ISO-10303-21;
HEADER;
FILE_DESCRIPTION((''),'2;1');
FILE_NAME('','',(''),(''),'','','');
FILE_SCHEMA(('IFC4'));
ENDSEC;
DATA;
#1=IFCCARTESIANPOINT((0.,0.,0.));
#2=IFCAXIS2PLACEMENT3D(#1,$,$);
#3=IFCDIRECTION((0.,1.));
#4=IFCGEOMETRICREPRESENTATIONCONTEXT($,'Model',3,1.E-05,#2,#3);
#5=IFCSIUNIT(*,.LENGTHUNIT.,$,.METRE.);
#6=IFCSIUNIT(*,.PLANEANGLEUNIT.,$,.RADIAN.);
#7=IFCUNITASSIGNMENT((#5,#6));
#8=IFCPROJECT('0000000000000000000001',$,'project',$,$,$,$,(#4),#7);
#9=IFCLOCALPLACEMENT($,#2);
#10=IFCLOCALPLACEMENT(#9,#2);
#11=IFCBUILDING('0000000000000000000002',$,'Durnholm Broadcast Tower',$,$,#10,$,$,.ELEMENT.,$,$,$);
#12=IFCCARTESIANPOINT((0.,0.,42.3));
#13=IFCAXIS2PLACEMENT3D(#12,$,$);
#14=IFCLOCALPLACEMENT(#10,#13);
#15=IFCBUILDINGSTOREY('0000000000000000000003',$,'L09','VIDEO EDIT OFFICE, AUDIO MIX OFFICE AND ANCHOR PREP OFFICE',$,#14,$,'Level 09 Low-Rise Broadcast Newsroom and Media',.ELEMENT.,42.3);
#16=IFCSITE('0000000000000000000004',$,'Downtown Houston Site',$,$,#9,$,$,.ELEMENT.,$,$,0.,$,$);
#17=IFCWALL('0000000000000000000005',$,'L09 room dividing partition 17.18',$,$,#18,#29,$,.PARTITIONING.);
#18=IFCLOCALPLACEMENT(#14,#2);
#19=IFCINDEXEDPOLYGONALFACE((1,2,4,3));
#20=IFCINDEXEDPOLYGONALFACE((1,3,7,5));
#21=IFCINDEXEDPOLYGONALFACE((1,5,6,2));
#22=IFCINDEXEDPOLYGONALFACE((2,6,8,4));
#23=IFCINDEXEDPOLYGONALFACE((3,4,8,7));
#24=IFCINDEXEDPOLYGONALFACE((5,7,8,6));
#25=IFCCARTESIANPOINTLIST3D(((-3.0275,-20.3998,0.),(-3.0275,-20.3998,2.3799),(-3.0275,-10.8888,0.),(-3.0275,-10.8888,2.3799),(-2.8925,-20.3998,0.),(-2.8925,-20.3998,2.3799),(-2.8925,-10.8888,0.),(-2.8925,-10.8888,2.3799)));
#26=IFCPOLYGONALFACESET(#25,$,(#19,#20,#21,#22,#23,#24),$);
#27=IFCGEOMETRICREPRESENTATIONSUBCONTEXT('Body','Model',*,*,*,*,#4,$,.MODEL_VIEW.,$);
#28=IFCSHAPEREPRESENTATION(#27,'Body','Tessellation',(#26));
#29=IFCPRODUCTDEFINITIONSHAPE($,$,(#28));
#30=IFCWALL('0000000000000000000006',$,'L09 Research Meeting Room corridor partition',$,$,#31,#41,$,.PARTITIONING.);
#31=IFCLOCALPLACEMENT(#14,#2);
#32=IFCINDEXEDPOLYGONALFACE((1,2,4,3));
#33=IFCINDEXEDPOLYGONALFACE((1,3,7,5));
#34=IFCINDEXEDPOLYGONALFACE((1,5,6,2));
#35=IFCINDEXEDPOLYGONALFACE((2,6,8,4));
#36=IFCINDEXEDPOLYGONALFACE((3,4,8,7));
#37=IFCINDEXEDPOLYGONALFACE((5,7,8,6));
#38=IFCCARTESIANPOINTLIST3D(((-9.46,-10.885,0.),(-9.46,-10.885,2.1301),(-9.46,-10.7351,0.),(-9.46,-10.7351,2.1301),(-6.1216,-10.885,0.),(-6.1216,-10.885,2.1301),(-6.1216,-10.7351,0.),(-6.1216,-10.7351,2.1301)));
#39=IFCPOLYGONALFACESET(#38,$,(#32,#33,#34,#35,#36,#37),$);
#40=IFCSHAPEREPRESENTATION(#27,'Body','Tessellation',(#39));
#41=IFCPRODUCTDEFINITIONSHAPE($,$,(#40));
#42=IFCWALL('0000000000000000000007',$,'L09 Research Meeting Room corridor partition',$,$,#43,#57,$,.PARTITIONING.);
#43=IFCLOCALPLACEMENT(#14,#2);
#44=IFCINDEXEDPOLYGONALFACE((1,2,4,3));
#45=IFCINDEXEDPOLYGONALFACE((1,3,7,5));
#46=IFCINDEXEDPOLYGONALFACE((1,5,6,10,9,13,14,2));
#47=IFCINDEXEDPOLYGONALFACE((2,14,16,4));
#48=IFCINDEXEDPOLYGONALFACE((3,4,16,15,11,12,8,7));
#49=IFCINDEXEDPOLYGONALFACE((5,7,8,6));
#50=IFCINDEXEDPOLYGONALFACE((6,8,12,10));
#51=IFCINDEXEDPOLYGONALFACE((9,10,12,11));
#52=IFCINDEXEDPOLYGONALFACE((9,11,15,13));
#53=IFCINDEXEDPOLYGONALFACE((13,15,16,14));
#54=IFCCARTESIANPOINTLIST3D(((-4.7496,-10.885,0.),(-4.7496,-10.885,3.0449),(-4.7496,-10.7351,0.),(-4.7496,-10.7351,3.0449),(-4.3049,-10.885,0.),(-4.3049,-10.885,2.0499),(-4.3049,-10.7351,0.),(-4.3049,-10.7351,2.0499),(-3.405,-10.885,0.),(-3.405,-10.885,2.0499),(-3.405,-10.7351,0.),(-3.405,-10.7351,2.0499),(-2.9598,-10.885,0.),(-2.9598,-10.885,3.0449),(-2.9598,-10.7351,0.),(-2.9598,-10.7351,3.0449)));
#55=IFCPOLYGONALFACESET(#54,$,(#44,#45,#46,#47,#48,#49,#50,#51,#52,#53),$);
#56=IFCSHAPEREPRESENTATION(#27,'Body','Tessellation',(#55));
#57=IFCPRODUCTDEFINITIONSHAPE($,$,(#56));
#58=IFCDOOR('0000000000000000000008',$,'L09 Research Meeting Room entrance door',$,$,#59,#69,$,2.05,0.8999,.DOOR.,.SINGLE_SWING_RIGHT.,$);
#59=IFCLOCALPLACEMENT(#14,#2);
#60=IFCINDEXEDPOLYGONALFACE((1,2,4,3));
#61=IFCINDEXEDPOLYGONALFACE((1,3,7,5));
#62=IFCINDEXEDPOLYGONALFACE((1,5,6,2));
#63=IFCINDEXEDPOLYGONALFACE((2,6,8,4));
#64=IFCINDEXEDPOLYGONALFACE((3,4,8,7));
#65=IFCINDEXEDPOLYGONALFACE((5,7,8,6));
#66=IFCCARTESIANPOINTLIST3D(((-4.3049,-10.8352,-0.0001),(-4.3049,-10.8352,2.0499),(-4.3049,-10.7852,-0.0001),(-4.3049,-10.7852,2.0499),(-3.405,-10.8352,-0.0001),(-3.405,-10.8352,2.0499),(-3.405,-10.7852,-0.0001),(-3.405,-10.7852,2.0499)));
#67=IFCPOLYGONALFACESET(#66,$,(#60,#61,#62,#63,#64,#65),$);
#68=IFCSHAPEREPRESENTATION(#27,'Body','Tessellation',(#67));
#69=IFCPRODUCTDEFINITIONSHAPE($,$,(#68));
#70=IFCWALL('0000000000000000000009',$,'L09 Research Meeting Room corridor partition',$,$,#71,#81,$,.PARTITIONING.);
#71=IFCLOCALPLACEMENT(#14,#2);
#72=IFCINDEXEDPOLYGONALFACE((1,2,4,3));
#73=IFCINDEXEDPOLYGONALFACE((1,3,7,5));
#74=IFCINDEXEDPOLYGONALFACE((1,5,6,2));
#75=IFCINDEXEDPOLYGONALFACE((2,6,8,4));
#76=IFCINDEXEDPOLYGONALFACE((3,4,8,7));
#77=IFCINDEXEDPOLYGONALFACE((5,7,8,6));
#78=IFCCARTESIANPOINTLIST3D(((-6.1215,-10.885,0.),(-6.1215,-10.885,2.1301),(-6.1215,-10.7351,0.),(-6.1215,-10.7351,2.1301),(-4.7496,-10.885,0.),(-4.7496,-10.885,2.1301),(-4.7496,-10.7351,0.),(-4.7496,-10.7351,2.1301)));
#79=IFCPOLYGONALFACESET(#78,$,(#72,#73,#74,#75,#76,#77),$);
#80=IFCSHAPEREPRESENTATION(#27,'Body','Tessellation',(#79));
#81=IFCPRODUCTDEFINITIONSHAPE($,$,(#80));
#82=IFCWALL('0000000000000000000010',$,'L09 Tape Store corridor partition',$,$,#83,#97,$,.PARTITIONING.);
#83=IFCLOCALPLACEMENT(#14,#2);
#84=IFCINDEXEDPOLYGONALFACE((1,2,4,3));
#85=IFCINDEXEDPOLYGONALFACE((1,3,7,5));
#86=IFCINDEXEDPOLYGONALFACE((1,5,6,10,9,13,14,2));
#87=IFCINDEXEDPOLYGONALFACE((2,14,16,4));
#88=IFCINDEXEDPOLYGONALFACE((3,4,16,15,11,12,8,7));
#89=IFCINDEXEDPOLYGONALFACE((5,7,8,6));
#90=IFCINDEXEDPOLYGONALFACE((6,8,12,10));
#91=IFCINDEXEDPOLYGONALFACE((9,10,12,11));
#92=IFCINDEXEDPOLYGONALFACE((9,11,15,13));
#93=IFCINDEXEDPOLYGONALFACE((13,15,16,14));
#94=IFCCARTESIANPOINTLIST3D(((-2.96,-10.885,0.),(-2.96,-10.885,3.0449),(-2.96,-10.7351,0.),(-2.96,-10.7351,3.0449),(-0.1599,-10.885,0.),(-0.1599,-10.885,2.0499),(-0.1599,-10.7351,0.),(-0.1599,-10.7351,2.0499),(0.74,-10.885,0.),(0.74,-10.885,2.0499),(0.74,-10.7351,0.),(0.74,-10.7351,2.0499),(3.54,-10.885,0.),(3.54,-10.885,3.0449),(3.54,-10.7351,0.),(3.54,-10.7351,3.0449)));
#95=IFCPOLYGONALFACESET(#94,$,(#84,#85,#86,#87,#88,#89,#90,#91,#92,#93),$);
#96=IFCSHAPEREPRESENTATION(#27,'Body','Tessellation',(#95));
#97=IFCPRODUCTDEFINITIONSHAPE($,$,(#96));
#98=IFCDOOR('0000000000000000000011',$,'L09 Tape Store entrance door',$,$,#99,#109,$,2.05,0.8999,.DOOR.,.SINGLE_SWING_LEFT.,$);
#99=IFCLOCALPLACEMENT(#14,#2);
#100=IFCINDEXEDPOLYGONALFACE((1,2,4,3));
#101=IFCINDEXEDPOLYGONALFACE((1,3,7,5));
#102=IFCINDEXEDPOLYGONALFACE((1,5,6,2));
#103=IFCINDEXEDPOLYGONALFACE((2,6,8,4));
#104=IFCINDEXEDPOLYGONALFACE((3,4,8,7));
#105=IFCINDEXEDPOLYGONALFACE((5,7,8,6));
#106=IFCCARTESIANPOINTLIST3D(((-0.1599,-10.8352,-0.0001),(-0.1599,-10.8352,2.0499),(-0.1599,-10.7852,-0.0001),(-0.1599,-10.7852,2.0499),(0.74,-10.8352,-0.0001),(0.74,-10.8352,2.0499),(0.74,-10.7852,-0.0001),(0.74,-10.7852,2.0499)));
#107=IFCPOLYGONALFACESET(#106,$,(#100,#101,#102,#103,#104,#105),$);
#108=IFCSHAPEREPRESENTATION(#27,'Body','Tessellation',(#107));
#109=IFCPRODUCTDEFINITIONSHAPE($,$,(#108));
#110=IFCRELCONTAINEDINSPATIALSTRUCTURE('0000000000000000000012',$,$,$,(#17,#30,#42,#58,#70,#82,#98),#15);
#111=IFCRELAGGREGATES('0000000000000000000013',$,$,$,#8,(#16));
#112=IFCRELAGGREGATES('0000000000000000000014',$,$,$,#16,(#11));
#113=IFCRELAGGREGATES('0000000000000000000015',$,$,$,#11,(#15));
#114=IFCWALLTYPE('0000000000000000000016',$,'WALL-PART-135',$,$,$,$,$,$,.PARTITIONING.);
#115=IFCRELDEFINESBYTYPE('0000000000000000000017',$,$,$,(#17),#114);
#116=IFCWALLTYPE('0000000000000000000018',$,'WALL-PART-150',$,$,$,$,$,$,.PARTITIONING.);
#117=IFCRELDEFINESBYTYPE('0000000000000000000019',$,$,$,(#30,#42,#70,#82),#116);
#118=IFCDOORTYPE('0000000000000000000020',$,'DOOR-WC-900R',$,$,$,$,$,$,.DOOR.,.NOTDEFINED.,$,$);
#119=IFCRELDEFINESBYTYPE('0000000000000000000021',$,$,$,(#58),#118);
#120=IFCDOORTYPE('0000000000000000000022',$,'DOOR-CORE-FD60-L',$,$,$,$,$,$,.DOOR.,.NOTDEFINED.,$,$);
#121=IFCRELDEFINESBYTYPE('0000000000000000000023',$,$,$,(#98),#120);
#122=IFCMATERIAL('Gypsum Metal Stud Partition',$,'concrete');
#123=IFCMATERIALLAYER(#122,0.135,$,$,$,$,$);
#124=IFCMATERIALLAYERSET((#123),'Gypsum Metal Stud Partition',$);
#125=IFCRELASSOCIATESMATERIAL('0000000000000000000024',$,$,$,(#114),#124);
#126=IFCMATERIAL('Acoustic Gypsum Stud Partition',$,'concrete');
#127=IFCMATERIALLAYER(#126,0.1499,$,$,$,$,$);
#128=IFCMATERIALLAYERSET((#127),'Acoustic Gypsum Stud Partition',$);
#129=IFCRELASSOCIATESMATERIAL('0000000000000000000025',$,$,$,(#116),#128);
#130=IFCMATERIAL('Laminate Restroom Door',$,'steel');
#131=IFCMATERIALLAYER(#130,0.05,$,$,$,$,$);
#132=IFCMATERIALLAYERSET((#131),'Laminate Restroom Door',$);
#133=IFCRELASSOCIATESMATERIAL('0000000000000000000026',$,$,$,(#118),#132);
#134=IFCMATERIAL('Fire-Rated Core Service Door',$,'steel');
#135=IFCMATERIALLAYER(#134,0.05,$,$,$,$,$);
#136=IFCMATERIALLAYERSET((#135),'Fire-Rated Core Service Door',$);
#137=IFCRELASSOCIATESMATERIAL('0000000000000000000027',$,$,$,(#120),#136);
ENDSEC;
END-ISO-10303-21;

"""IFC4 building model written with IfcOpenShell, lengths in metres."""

from ifc_helpers import new_model, si_unit, direction, frame, frame_2d, origin, place, context, subcontext, project, spatial, rectangle, extrude, source, transform, mapped, material, layer, layer_set, type_object, type_shapes, element, fill, save


model = new_model("IFC4")

# Units and contexts
model_context = context("Model", 3, precision=1e-05, world=origin(), true_north=direction((0.0, 1.0)))
body_context = subcontext(model_context, "Body", "Model", "MODEL_VIEW")
ifc_project = project(units=[si_unit("LENGTHUNIT", "METRE"), si_unit("PLANEANGLEUNIT", "RADIAN")], contexts=[model_context])

# Site, building, storey
site_placement = place(None, origin())
site = spatial("IfcSite", under=ifc_project, at=site_placement, Name="Downtown Houston Site", CompositionType="ELEMENT", RefElevation=0.0)
building_placement = place(site_placement, origin())
building = spatial("IfcBuilding", under=site, at=building_placement, Name="Durnholm Broadcast Tower", CompositionType="ELEMENT")
storey_placement = place(building_placement, frame((0.0, 0.0, 42.3)))
storey = spatial("IfcBuildingStorey", under=building, at=storey_placement, Name="L09", Description="VIDEO EDIT OFFICE, AUDIO MIX OFFICE AND ANCHOR PREP OFFICE", LongName="Level 09 Low-Rise Broadcast Newsroom and Media", CompositionType="ELEMENT", Elevation=42.3)

# Walls
ifc_material_1 = material(Name="Gypsum Metal Stud Partition", Category="concrete")
ifc_layer_1 = layer(ifc_material_1, 0.135)
ifc_layer_set_1 = layer_set([ifc_layer_1], Name="Gypsum Metal Stud Partition")
wall_type_1 = type_object("IfcWallType", Name="WALL-PART-135", PredefinedType="PARTITIONING", material=ifc_layer_set_1)
wall_1_placement = place(storey_placement, frame((-2.96, -10.8889, 0.0), z_axis=(0.0, 0.0, 1.0), x_axis=(0.0, -1.0, 0.0)))
element("IfcWall", 1, at=wall_1_placement, inside=storey, type_object=wall_type_1, Name="L09 room dividing partition 17.18", PredefinedType="PARTITIONING", context=body_context, shape_type="SweptSolid", body=[
    extrude(rectangle(XDim=9.511, YDim=0.135, at=frame_2d((4.7554, 0.0))), origin(), (0.0, 0.0, 1.0), 2.3799),
])
ifc_material_2 = material(Name="Acoustic Gypsum Stud Partition", Category="concrete")
ifc_layer_2 = layer(ifc_material_2, 0.1499)
ifc_layer_set_2 = layer_set([ifc_layer_2], Name="Acoustic Gypsum Stud Partition")
wall_type_2 = type_object("IfcWallType", Name="WALL-PART-150", PredefinedType="PARTITIONING", material=ifc_layer_set_2)
wall_2_placement = place(storey_placement, frame((-9.46, -10.8101, 0.0), z_axis=(0.0, 0.0, 1.0), x_axis=(1.0, 0.0, 0.0)))
element("IfcWall", 2, at=wall_2_placement, inside=storey, type_object=wall_type_2, Name="L09 Research Meeting Room corridor partition", PredefinedType="PARTITIONING", context=body_context, shape_type="SweptSolid", body=[
    extrude(rectangle(XDim=3.3384, YDim=0.1499, at=frame_2d((1.6692, 0.0))), origin(), (0.0, 0.0, 1.0), 2.1301),
])

# Wall, opening, door
wall_3_placement = place(storey_placement, frame((-4.7498, -10.8101, 0.0), z_axis=(0.0, 0.0, 1.0), x_axis=(1.0, 0.0, 0.0)))
wall_3 = element("IfcWall", 3, at=wall_3_placement, inside=storey, type_object=wall_type_2, Name="L09 Research Meeting Room corridor partition", PredefinedType="PARTITIONING", context=body_context, shape_type="SweptSolid", body=[
    extrude(rectangle(XDim=1.7898, YDim=0.1499, at=frame_2d((0.895, 0.0))), origin(), (0.0, 0.0, 1.0), 3.0449),
])
opening_1_placement = place(wall_3_placement, frame((0.4448, 0.0, 0.0)))
opening_1 = element("IfcOpeningElement", 4, at=opening_1_placement, cuts=wall_3, PredefinedType="OPENING", context=body_context, shape_type="SweptSolid", body=[
    extrude(rectangle(XDim=0.8999, YDim=2.05, at=frame_2d((0.45, 1.0249))), frame((0.0, 0.085, 0.0), z_axis=(0.0, -1.0, 0.0), x_axis=(1.0, 0.0, 0.0)), (0.0, 0.0, 1.0), 0.1699),
])
ifc_material_3 = material(Name="Laminate Restroom Door", Category="steel")
ifc_layer_3 = layer(ifc_material_3, 0.05)
ifc_layer_set_3 = layer_set([ifc_layer_3], Name="Laminate Restroom Door")
door_type_1 = type_object("IfcDoorType", Name="DOOR-WC-900R", OperationType="NOTDEFINED", PredefinedType="DOOR", material=ifc_layer_set_3)
shared_shape_1 = source(origin(), body_context, "Body", "SweptSolid", [
    extrude(rectangle(XDim=0.8999, YDim=2.05, at=frame_2d((0.45, 1.0249))), frame((0.0, 0.0249, 0.0), z_axis=(0.0, -1.0, 0.0), x_axis=(1.0, 0.0, 0.0)), (0.0, 0.0, 1.0), 0.05),
])
type_shapes(door_type_1, [shared_shape_1])
door_1_placement = place(opening_1_placement, origin())
door_1 = element("IfcDoor", 5, at=door_1_placement, inside=storey, type_object=door_type_1, Name="L09 Research Meeting Room entrance door", OperationType="SINGLE_SWING_RIGHT", OverallHeight=2.05, OverallWidth=0.8999, PredefinedType="DOOR", context=body_context, shape_type="MappedRepresentation", body=[
    mapped(shared_shape_1, transform((0.0, 0.0, 0.0), x_axis=(1.0, 0.0, 0.0), y_axis=(0.0, 1.0, 0.0), z_axis=(0.0, 0.0, 1.0), scale=1.0)),
])
fill(opening_1, door_1)

# Wall
wall_4_placement = place(storey_placement, frame((-6.1216, -10.8101, 0.0), z_axis=(0.0, 0.0, 1.0), x_axis=(1.0, 0.0, 0.0)))
element("IfcWall", 6, at=wall_4_placement, inside=storey, type_object=wall_type_2, Name="L09 Research Meeting Room corridor partition", PredefinedType="PARTITIONING", context=body_context, shape_type="SweptSolid", body=[
    extrude(rectangle(XDim=1.3718, YDim=0.1499, at=frame_2d((0.686, 0.0))), origin(), (0.0, 0.0, 1.0), 2.1301),
])

# Wall, opening, door
wall_5_placement = place(storey_placement, frame((-2.96, -10.8101, 0.0), z_axis=(0.0, 0.0, 1.0), x_axis=(1.0, 0.0, 0.0)))
wall_5 = element("IfcWall", 7, at=wall_5_placement, inside=storey, type_object=wall_type_2, Name="L09 Tape Store corridor partition", PredefinedType="PARTITIONING", context=body_context, shape_type="SweptSolid", body=[
    extrude(rectangle(XDim=6.5, YDim=0.1499, at=frame_2d((3.25, 0.0))), origin(), (0.0, 0.0, 1.0), 3.0449),
])
opening_2_placement = place(wall_5_placement, frame((2.8, 0.0, 0.0)))
opening_2 = element("IfcOpeningElement", 8, at=opening_2_placement, cuts=wall_5, PredefinedType="OPENING", context=body_context, shape_type="SweptSolid", body=[
    extrude(rectangle(XDim=0.8999, YDim=2.05, at=frame_2d((0.45, 1.0249))), frame((0.0, 0.085, 0.0), z_axis=(0.0, -1.0, 0.0), x_axis=(1.0, 0.0, 0.0)), (0.0, 0.0, 1.0), 0.1699),
])
ifc_material_4 = material(Name="Fire-Rated Core Service Door", Category="steel")
ifc_layer_4 = layer(ifc_material_4, 0.05)
ifc_layer_set_4 = layer_set([ifc_layer_4], Name="Fire-Rated Core Service Door")
door_type_2 = type_object("IfcDoorType", Name="DOOR-CORE-FD60-L", OperationType="NOTDEFINED", PredefinedType="DOOR", material=ifc_layer_set_4)
shared_shape_2 = source(origin(), body_context, "Body", "SweptSolid", [
    extrude(rectangle(XDim=0.8999, YDim=2.05, at=frame_2d((0.45, 1.0249))), frame((0.0, 0.0249, 0.0), z_axis=(0.0, -1.0, 0.0), x_axis=(1.0, 0.0, 0.0)), (0.0, 0.0, 1.0), 0.05),
])
type_shapes(door_type_2, [shared_shape_2])
door_2_placement = place(opening_2_placement, origin())
door_2 = element("IfcDoor", 9, at=door_2_placement, inside=storey, type_object=door_type_2, Name="L09 Tape Store entrance door", OperationType="SINGLE_SWING_LEFT", OverallHeight=2.05, OverallWidth=0.8999, PredefinedType="DOOR", context=body_context, shape_type="MappedRepresentation", body=[
    mapped(shared_shape_2, transform((0.0, 0.0, 0.0), x_axis=(1.0, 0.0, 0.0), y_axis=(0.0, 1.0, 0.0), z_axis=(0.0, 0.0, 1.0), scale=1.0)),
])
fill(opening_2, door_2)

save(model, "model.ifc")
